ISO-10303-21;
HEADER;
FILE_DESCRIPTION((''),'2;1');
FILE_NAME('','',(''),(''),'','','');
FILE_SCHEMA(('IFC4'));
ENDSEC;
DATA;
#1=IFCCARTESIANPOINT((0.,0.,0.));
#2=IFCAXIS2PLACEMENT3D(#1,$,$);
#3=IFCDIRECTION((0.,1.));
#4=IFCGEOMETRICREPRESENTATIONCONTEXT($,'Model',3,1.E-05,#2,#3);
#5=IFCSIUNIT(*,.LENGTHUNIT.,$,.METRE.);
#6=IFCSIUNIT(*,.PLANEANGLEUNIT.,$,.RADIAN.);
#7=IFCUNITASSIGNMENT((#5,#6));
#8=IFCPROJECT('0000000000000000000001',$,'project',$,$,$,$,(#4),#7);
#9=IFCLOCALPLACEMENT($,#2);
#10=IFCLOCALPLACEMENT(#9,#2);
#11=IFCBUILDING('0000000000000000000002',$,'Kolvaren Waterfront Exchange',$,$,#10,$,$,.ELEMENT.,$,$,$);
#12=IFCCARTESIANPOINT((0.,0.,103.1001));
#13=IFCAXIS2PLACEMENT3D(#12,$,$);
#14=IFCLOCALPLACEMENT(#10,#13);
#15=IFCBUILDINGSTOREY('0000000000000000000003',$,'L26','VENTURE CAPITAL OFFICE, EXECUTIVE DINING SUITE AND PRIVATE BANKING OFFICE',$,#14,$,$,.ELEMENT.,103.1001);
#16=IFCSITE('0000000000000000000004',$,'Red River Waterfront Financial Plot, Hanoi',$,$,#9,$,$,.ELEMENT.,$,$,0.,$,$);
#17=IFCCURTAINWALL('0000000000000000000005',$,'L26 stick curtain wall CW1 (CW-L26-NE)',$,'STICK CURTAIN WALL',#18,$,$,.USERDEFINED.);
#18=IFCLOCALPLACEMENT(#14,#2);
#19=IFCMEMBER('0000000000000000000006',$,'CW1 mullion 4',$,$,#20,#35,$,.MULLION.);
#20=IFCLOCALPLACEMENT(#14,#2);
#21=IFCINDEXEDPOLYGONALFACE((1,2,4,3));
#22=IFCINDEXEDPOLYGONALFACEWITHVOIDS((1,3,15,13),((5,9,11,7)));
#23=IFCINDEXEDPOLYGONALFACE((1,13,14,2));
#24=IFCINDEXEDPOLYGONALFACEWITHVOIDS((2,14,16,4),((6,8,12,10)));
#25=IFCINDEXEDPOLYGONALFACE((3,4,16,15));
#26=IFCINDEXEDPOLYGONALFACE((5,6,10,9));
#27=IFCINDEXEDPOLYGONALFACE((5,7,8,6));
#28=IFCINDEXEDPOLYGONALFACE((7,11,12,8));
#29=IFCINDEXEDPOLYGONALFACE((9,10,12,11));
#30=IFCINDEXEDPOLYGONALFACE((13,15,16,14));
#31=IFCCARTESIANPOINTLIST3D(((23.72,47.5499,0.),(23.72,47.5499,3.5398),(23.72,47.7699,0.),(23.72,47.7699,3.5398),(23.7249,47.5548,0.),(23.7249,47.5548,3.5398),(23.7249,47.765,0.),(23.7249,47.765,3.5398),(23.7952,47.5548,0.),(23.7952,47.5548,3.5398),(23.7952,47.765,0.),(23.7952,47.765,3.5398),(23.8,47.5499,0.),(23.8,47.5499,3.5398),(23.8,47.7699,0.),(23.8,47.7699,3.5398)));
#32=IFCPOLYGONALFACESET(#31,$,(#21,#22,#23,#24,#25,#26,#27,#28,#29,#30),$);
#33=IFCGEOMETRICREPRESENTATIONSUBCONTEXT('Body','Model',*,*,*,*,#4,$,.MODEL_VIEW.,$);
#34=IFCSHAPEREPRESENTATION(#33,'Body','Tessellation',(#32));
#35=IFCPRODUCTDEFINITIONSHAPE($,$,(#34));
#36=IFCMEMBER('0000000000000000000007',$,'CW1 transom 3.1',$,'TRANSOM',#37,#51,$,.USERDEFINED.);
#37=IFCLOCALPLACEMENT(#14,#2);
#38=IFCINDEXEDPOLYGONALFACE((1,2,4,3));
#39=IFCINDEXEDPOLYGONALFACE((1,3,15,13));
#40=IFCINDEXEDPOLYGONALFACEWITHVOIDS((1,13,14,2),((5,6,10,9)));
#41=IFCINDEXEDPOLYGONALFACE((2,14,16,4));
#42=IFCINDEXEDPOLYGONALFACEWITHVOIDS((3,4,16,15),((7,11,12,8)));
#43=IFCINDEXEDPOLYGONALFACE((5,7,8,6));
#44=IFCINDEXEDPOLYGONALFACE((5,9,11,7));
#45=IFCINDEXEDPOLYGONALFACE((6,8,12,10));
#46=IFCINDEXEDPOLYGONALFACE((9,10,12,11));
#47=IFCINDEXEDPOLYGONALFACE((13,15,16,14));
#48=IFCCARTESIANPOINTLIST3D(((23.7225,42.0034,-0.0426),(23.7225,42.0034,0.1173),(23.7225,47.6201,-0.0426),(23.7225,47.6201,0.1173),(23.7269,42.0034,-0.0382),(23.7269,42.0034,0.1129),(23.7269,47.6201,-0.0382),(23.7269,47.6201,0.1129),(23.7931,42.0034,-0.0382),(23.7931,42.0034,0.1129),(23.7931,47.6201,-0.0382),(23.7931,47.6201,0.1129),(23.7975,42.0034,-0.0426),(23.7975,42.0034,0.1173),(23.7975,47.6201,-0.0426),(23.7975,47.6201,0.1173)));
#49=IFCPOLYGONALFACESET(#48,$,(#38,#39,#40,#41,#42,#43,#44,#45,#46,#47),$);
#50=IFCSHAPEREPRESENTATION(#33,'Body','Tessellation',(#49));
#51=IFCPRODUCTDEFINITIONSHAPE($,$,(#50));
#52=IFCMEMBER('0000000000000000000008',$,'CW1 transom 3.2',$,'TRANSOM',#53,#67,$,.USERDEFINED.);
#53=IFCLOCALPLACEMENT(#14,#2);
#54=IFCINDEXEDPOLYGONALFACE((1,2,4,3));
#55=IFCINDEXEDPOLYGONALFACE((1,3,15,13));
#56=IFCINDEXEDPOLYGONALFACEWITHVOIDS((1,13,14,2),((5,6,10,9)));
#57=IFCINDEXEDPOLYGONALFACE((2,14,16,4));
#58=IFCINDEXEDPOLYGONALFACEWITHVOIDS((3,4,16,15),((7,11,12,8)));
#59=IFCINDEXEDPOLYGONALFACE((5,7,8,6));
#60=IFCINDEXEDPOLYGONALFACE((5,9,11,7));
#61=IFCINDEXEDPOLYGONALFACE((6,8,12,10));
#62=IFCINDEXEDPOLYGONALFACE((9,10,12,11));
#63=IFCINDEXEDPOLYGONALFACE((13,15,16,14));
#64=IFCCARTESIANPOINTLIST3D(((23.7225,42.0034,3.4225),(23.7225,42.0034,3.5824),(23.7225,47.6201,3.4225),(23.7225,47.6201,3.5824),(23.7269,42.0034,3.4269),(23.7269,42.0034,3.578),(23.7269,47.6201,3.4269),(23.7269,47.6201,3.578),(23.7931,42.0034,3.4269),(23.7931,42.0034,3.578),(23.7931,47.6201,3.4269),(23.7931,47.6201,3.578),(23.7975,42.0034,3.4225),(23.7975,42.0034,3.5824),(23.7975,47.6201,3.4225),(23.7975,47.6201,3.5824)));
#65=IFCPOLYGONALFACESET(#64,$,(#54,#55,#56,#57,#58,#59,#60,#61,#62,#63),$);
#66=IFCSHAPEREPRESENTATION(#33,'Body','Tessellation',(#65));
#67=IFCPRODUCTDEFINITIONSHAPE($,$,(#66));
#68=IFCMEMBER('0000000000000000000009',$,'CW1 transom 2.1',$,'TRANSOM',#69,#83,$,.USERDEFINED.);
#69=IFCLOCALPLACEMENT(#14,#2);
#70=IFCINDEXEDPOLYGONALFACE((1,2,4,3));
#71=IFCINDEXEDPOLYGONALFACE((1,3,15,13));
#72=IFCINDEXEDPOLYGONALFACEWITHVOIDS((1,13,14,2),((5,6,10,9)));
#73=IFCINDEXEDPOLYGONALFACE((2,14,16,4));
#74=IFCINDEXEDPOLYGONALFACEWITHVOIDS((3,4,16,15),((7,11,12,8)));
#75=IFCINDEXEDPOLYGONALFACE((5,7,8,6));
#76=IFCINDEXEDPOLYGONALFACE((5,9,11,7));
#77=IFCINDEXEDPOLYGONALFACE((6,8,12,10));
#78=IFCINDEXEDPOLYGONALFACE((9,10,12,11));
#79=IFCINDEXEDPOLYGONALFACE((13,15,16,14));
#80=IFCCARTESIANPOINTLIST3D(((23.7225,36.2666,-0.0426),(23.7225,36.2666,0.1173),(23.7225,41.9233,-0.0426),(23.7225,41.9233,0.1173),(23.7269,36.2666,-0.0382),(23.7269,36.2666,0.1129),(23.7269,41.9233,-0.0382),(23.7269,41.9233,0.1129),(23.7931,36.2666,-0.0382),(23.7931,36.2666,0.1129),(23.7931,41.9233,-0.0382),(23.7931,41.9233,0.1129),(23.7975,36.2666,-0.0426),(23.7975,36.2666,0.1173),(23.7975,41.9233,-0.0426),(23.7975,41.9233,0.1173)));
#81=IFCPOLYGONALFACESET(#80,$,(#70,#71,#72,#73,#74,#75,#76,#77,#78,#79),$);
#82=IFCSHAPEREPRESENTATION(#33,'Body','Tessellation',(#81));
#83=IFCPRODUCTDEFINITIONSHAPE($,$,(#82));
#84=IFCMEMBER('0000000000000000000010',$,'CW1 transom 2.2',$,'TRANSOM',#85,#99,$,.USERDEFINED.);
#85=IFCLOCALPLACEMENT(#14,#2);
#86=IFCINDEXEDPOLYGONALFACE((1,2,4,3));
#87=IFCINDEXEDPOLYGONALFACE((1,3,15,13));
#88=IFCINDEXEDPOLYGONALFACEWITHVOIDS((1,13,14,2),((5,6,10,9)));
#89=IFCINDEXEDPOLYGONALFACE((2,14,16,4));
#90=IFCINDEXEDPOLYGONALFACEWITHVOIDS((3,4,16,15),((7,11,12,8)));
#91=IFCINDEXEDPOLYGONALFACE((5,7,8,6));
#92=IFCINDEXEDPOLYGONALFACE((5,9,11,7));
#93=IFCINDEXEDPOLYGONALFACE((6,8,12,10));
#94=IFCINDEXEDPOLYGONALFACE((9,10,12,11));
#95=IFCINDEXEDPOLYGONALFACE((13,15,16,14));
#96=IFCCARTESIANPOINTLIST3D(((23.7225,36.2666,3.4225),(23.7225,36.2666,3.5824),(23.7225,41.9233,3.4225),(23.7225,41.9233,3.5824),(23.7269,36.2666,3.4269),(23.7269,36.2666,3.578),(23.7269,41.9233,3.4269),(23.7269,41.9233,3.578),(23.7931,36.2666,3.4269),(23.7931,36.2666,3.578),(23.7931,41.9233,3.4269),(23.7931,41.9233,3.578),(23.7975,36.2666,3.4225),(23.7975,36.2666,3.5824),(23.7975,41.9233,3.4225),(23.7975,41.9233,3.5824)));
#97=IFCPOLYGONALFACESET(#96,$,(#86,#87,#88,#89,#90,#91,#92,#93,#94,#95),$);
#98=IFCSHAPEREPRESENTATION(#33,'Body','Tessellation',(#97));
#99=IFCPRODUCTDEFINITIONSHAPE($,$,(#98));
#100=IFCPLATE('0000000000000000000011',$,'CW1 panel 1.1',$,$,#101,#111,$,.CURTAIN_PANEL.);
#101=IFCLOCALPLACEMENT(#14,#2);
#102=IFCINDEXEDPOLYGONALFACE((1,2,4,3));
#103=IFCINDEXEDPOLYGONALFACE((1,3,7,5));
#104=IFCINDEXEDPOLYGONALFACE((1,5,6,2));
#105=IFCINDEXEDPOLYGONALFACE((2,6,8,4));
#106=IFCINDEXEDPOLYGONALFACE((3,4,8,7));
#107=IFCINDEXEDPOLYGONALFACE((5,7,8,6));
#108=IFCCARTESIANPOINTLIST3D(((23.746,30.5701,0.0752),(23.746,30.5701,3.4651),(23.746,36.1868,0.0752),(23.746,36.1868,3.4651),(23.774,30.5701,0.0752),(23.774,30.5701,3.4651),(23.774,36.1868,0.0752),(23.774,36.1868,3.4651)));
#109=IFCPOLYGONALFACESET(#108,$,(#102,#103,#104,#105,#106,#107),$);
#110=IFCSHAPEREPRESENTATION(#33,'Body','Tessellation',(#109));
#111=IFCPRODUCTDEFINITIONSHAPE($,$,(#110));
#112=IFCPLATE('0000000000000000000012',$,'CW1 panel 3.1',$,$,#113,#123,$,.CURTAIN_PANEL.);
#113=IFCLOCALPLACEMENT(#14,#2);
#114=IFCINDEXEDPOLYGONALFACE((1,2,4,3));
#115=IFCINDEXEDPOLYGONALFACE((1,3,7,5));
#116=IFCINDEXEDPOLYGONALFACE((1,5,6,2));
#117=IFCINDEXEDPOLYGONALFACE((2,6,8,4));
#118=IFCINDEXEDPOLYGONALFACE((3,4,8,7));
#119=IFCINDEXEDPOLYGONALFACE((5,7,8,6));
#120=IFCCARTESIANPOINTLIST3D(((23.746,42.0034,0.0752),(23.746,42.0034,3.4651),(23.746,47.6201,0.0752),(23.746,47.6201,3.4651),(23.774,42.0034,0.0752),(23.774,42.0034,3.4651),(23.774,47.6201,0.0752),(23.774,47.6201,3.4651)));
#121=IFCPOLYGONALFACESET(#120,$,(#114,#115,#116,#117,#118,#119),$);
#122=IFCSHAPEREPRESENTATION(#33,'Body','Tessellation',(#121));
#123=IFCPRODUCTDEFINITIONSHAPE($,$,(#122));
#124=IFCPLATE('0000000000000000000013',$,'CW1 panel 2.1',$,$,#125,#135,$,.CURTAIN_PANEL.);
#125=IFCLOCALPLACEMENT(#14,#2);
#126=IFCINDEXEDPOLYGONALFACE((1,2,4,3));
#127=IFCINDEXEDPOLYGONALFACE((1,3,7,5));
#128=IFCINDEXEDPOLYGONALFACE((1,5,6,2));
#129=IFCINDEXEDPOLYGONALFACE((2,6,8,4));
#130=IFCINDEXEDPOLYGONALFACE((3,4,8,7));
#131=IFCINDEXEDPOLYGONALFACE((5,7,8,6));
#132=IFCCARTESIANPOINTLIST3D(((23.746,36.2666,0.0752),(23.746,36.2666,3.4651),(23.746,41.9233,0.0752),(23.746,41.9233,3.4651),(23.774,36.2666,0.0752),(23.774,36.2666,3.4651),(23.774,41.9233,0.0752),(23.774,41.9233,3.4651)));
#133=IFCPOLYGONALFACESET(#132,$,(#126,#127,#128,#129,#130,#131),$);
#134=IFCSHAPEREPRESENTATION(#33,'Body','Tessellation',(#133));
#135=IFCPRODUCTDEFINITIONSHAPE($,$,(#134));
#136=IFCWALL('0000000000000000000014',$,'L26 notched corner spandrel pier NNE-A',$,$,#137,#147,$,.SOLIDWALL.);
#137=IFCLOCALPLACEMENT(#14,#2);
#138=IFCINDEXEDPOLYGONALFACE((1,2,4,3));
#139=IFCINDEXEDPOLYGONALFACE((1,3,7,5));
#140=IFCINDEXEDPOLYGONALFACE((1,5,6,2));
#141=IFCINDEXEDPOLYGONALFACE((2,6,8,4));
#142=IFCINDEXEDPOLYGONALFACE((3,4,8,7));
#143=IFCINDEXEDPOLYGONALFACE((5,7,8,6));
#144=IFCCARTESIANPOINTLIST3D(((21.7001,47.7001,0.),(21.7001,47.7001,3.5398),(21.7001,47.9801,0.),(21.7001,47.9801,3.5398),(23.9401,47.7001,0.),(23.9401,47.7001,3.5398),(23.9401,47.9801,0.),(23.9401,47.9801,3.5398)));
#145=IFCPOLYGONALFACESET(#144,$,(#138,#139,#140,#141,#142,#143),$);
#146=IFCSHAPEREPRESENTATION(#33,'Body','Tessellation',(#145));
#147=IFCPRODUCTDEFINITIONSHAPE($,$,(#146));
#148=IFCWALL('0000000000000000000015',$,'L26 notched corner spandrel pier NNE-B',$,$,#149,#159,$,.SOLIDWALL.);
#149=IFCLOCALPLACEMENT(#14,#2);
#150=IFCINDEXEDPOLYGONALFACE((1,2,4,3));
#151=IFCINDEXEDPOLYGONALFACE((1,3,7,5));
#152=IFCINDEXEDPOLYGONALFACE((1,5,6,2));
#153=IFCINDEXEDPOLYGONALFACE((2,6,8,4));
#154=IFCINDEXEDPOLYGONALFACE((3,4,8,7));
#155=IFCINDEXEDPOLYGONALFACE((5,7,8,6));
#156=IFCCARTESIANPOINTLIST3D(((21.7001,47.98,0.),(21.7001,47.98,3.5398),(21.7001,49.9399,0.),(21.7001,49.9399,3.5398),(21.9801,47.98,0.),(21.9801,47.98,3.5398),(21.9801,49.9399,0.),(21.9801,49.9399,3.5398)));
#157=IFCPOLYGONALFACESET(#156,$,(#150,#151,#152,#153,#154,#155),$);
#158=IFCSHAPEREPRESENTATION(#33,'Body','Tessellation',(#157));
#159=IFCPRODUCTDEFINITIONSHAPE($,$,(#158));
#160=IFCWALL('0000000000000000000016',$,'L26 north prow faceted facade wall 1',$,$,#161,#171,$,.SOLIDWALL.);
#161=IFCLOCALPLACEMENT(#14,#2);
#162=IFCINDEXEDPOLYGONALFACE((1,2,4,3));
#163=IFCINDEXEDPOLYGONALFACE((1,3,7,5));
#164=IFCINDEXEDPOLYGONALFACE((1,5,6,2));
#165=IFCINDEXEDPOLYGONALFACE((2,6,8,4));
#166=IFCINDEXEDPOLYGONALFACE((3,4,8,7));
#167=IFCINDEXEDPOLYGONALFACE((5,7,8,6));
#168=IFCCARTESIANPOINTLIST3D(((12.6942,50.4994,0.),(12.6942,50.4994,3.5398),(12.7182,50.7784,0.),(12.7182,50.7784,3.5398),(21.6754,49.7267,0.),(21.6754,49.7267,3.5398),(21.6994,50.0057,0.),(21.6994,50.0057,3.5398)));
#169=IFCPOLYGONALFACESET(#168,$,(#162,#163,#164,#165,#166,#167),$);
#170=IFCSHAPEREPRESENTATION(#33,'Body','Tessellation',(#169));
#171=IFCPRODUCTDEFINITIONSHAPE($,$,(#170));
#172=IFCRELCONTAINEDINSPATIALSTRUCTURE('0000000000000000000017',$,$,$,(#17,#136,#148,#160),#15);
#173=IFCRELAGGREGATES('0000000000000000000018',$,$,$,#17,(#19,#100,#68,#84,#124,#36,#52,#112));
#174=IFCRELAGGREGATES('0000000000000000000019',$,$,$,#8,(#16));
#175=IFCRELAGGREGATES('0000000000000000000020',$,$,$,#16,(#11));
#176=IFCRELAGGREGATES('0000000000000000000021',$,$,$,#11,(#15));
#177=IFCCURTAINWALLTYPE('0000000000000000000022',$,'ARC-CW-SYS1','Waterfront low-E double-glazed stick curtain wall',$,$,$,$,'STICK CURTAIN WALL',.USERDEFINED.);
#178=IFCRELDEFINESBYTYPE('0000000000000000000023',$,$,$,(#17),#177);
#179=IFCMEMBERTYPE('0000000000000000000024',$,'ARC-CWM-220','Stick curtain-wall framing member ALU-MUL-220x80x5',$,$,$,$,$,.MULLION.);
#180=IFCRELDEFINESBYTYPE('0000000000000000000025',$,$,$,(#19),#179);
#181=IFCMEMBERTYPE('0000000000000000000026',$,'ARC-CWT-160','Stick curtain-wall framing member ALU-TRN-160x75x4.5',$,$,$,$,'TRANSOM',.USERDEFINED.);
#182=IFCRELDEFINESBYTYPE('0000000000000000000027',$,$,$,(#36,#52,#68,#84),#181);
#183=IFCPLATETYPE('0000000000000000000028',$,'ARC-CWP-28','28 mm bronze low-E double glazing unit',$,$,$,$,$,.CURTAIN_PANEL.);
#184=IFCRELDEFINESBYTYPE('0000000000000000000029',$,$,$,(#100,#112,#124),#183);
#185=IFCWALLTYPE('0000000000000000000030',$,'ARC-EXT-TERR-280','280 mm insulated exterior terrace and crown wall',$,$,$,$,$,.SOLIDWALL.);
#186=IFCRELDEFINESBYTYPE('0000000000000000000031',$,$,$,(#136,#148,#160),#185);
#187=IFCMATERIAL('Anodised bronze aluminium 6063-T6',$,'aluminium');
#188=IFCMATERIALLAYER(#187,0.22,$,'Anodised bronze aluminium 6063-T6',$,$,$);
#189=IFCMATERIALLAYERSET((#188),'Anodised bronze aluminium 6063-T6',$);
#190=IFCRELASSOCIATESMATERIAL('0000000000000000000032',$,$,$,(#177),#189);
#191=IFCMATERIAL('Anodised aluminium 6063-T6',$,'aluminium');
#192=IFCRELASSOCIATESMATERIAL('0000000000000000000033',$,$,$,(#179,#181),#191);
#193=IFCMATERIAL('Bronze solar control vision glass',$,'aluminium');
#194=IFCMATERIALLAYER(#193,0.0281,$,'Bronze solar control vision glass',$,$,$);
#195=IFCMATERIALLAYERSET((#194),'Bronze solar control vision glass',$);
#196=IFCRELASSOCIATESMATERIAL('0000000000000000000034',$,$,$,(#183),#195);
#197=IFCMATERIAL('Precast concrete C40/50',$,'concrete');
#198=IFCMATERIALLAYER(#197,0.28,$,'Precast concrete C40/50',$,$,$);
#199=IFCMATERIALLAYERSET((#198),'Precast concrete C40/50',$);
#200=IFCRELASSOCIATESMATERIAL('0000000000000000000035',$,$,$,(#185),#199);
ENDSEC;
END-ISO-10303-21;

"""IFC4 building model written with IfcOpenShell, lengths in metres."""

from ifc_helpers import new_model, si_unit, direction, frame, frame_2d, origin, origin_with_axes, origin_2d, place, context, subcontext, project, spatial, rectangle, hollow_rectangle, extrude, source, transform, mapped, material, layer, layer_set, material_profile, profile_set, type_object, element, aggregate, save


model = new_model("IFC4")

# Units and contexts
model_context = context("Model", 3, precision=1e-05, world=origin(), true_north=direction((0.0, 1.0)))
body_context = subcontext(model_context, "Body", "Model", "MODEL_VIEW")
ifc_project = project(units=[si_unit("LENGTHUNIT", "METRE"), si_unit("PLANEANGLEUNIT", "RADIAN")], contexts=[model_context])

# Site, building, storey
site_placement = place(None, origin())
site = spatial("IfcSite", under=ifc_project, at=site_placement, Name="Red River Waterfront Financial Plot, Hanoi", CompositionType="ELEMENT", RefElevation=0.0)
building_placement = place(site_placement, origin())
building = spatial("IfcBuilding", under=site, at=building_placement, Name="Kolvaren Waterfront Exchange", CompositionType="ELEMENT")
storey_placement = place(building_placement, frame((0.0, 0.0, 103.1001)))
storey = spatial("IfcBuildingStorey", under=building, at=storey_placement, Name="L26", Description="VENTURE CAPITAL OFFICE, EXECUTIVE DINING SUITE AND PRIVATE BANKING OFFICE", CompositionType="ELEMENT", Elevation=103.1001)

# Curtain wall, members, plates
ifc_material_1 = material(Name="Anodised bronze aluminium 6063-T6", Category="aluminium")
ifc_layer_1 = layer(ifc_material_1, 0.22, Name="Anodised bronze aluminium 6063-T6")
ifc_layer_set_1 = layer_set([ifc_layer_1], Name="Anodised bronze aluminium 6063-T6")
curtain_wall_type = type_object("IfcCurtainWallType", Name="ARC-CW-SYS1", Description="Waterfront low-E double-glazed stick curtain wall", ElementType="STICK CURTAIN WALL", PredefinedType="USERDEFINED", material=ifc_layer_set_1)
curtain_wall_placement = place(storey_placement, origin())
curtain_wall = element("IfcCurtainWall", 1, at=curtain_wall_placement, inside=storey, type_object=curtain_wall_type, Name="L26 stick curtain wall CW1 (CW-L26-NE)", ObjectType="STICK CURTAIN WALL", PredefinedType="USERDEFINED")
ifc_material_2 = material(Name="Anodised aluminium 6063-T6", Category="aluminium")
ifc_material_profile_1 = material_profile(ifc_material_2, hollow_rectangle(XDim=0.0801, YDim=0.22, WallThickness=0.0049, at=origin_2d()), Name="ALU-MUL-220x80x5")
ifc_profile_set_1 = profile_set([ifc_material_profile_1], Name="Anodised aluminium 6063-T6")
member_type_1 = type_object("IfcMemberType", Name="ARC-CWM-220", Description="Stick curtain-wall framing member ALU-MUL-220x80x5", PredefinedType="MULLION", material=ifc_profile_set_1)
shared_shape_1 = source(origin_with_axes(), body_context, "Body", "SweptSolid", [
    extrude(hollow_rectangle(XDim=0.0801, YDim=0.22, WallThickness=0.0049, at=origin_2d()), origin(), (0.0, 0.0, 1.0), 3.5398),
])
member_1_placement = place(storey_placement, frame((23.76, 47.6599, 0.0), z_axis=(0.0, 0.0, 1.0), x_axis=(-1.0, 0.0, 0.0)))
member_1 = element("IfcMember", 2, at=member_1_placement, type_object=member_type_1, Name="CW1 mullion 4", PredefinedType="MULLION", context=body_context, shape_type="MappedRepresentation", body=[
    mapped(shared_shape_1, transform((0.0, 0.0, 0.0), x_axis=(1.0, 0.0, 0.0), y_axis=(0.0, 1.0, 0.0), z_axis=(0.0, 0.0, 1.0), scale=1.0)),
])
ifc_material_profile_2 = material_profile(ifc_material_2, hollow_rectangle(XDim=0.075, YDim=0.1599, WallThickness=0.0044, at=origin_2d()), Name="ALU-TRN-160x75x4.5")
ifc_profile_set_2 = profile_set([ifc_material_profile_2], Name="Anodised aluminium 6063-T6")
member_type_2 = type_object("IfcMemberType", Name="ARC-CWT-160", Description="Stick curtain-wall framing member ALU-TRN-160x75x4.5", ElementType="TRANSOM", PredefinedType="USERDEFINED", material=ifc_profile_set_2)
shared_shape_2 = source(origin_with_axes(), body_context, "Body", "SweptSolid", [
    extrude(hollow_rectangle(XDim=0.075, YDim=0.1599, WallThickness=0.0044, at=origin_2d()), origin(), (0.0, 0.0, 1.0), 5.6167),
])
member_2_placement = place(storey_placement, frame((23.76, 42.0034, 0.0374), z_axis=(0.0, 1.0, 0.0), x_axis=(-1.0, 0.0, 0.0)))
member_2 = element("IfcMember", 3, at=member_2_placement, type_object=member_type_2, Name="CW1 transom 3.1", ObjectType="TRANSOM", PredefinedType="USERDEFINED", context=body_context, shape_type="MappedRepresentation", body=[
    mapped(shared_shape_2, transform((0.0, 0.0, 0.0), x_axis=(1.0, 0.0, 0.0), y_axis=(0.0, 1.0, 0.0), z_axis=(0.0, 0.0, 1.0), scale=1.0)),
])
member_3_placement = place(storey_placement, frame((23.76, 42.0034, 3.5024), z_axis=(0.0, 1.0, 0.0), x_axis=(-1.0, 0.0, 0.0)))
member_3 = element("IfcMember", 4, at=member_3_placement, type_object=member_type_2, Name="CW1 transom 3.2", ObjectType="TRANSOM", PredefinedType="USERDEFINED", context=body_context, shape_type="MappedRepresentation", body=[
    mapped(shared_shape_2, transform((0.0, 0.0, 0.0), x_axis=(1.0, 0.0, 0.0), y_axis=(0.0, 1.0, 0.0), z_axis=(0.0, 0.0, 1.0), scale=1.0)),
])
shared_shape_3 = source(origin_with_axes(), body_context, "Body", "SweptSolid", [
    extrude(hollow_rectangle(XDim=0.075, YDim=0.1599, WallThickness=0.0044, at=origin_2d()), origin(), (0.0, 0.0, 1.0), 5.6567),
])
member_4_placement = place(storey_placement, frame((23.76, 36.2666, 0.0374), z_axis=(0.0, 1.0, 0.0), x_axis=(-1.0, 0.0, 0.0)))
member_4 = element("IfcMember", 5, at=member_4_placement, type_object=member_type_2, Name="CW1 transom 2.1", ObjectType="TRANSOM", PredefinedType="USERDEFINED", context=body_context, shape_type="MappedRepresentation", body=[
    mapped(shared_shape_3, transform((0.0, 0.0, 0.0), x_axis=(1.0, 0.0, 0.0), y_axis=(0.0, 1.0, 0.0), z_axis=(0.0, 0.0, 1.0), scale=1.0)),
])
member_5_placement = place(storey_placement, frame((23.76, 36.2666, 3.5024), z_axis=(0.0, 1.0, 0.0), x_axis=(-1.0, 0.0, 0.0)))
member_5 = element("IfcMember", 6, at=member_5_placement, type_object=member_type_2, Name="CW1 transom 2.2", ObjectType="TRANSOM", PredefinedType="USERDEFINED", context=body_context, shape_type="MappedRepresentation", body=[
    mapped(shared_shape_3, transform((0.0, 0.0, 0.0), x_axis=(1.0, 0.0, 0.0), y_axis=(0.0, 1.0, 0.0), z_axis=(0.0, 0.0, 1.0), scale=1.0)),
])
ifc_material_3 = material(Name="Bronze solar control vision glass", Category="aluminium")
ifc_layer_2 = layer(ifc_material_3, 0.0281, Name="Bronze solar control vision glass")
ifc_layer_set_2 = layer_set([ifc_layer_2], Name="Bronze solar control vision glass")
plate_type = type_object("IfcPlateType", Name="ARC-CWP-28", Description="28 mm bronze low-E double glazing unit", PredefinedType="CURTAIN_PANEL", material=ifc_layer_set_2)
shared_shape_4 = source(origin_with_axes(), body_context, "Body", "SweptSolid", [
    extrude(rectangle(XDim=5.6167, YDim=0.0281, at=origin_2d()), origin(), (0.0, 0.0, 1.0), 3.3899),
])
plate_1_placement = place(storey_placement, frame((23.76, 33.3784, 0.0752), z_axis=(0.0, 0.0, 1.0), x_axis=(0.0, 1.0, 0.0)))
plate_1 = element("IfcPlate", 7, at=plate_1_placement, type_object=plate_type, Name="CW1 panel 1.1", PredefinedType="CURTAIN_PANEL", context=body_context, shape_type="MappedRepresentation", body=[
    mapped(shared_shape_4, transform((0.0, 0.0, 0.0), x_axis=(1.0, 0.0, 0.0), y_axis=(0.0, 1.0, 0.0), z_axis=(0.0, 0.0, 1.0), scale=1.0)),
])
plate_2_placement = place(storey_placement, frame((23.76, 44.8118, 0.0752), z_axis=(0.0, 0.0, 1.0), x_axis=(0.0, 1.0, 0.0)))
plate_2 = element("IfcPlate", 8, at=plate_2_placement, type_object=plate_type, Name="CW1 panel 3.1", PredefinedType="CURTAIN_PANEL", context=body_context, shape_type="MappedRepresentation", body=[
    mapped(shared_shape_4, transform((0.0, 0.0, 0.0), x_axis=(1.0, 0.0, 0.0), y_axis=(0.0, 1.0, 0.0), z_axis=(0.0, 0.0, 1.0), scale=1.0)),
])
shared_shape_5 = source(origin_with_axes(), body_context, "Body", "SweptSolid", [
    extrude(rectangle(XDim=5.6567, YDim=0.0281, at=origin_2d()), origin(), (0.0, 0.0, 1.0), 3.3899),
])
plate_3_placement = place(storey_placement, frame((23.76, 39.095, 0.0752), z_axis=(0.0, 0.0, 1.0), x_axis=(0.0, 1.0, 0.0)))
plate_3 = element("IfcPlate", 9, at=plate_3_placement, type_object=plate_type, Name="CW1 panel 2.1", PredefinedType="CURTAIN_PANEL", context=body_context, shape_type="MappedRepresentation", body=[
    mapped(shared_shape_5, transform((0.0, 0.0, 0.0), x_axis=(1.0, 0.0, 0.0), y_axis=(0.0, 1.0, 0.0), z_axis=(0.0, 0.0, 1.0), scale=1.0)),
])
aggregate(curtain_wall, [member_1, plate_1, member_4, member_5, plate_3, member_2, member_3, plate_2])

# Walls
ifc_material_4 = material(Name="Precast concrete C40/50", Category="concrete")
ifc_layer_3 = layer(ifc_material_4, 0.28, Name="Precast concrete C40/50")
ifc_layer_set_3 = layer_set([ifc_layer_3], Name="Precast concrete C40/50")
wall_type = type_object("IfcWallType", Name="ARC-EXT-TERR-280", Description="280 mm insulated exterior terrace and crown wall", PredefinedType="SOLIDWALL", material=ifc_layer_set_3)
wall_1_placement = place(storey_placement, frame((21.7, 47.8401, 0.0), z_axis=(0.0, 0.0, 1.0), x_axis=(1.0, 0.0, 0.0)))
element("IfcWall", 10, at=wall_1_placement, inside=storey, type_object=wall_type, Name="L26 notched corner spandrel pier NNE-A", PredefinedType="SOLIDWALL", context=body_context, shape_type="SweptSolid", body=[
    extrude(rectangle(XDim=2.24, YDim=0.28, at=frame_2d((1.1201, 0.0))), origin(), (0.0, 0.0, 1.0), 3.5398),
])
wall_2_placement = place(storey_placement, frame((21.8401, 47.98, 0.0), z_axis=(0.0, 0.0, 1.0), x_axis=(0.0, 1.0, 0.0)))
element("IfcWall", 11, at=wall_2_placement, inside=storey, type_object=wall_type, Name="L26 notched corner spandrel pier NNE-B", PredefinedType="SOLIDWALL", context=body_context, shape_type="SweptSolid", body=[
    extrude(rectangle(XDim=1.96, YDim=0.28, at=frame_2d((0.98, 0.0))), origin(), (0.0, 0.0, 1.0), 3.5398),
])
wall_3_placement = place(storey_placement, frame((21.6875, 49.8662, 0.0), z_axis=(0.0, 0.0, 1.0), x_axis=(-0.996319, 0.085719, 0.0)))
element("IfcWall", 12, at=wall_3_placement, inside=storey, type_object=wall_type, Name="L26 north prow faceted facade wall 1", PredefinedType="SOLIDWALL", context=body_context, shape_type="SweptSolid", body=[
    extrude(rectangle(XDim=9.0144, YDim=0.28, at=frame_2d((4.5073, 0.0))), origin(), (0.0, 0.0, 1.0), 3.5398),
])

save(model, "model.ifc")
